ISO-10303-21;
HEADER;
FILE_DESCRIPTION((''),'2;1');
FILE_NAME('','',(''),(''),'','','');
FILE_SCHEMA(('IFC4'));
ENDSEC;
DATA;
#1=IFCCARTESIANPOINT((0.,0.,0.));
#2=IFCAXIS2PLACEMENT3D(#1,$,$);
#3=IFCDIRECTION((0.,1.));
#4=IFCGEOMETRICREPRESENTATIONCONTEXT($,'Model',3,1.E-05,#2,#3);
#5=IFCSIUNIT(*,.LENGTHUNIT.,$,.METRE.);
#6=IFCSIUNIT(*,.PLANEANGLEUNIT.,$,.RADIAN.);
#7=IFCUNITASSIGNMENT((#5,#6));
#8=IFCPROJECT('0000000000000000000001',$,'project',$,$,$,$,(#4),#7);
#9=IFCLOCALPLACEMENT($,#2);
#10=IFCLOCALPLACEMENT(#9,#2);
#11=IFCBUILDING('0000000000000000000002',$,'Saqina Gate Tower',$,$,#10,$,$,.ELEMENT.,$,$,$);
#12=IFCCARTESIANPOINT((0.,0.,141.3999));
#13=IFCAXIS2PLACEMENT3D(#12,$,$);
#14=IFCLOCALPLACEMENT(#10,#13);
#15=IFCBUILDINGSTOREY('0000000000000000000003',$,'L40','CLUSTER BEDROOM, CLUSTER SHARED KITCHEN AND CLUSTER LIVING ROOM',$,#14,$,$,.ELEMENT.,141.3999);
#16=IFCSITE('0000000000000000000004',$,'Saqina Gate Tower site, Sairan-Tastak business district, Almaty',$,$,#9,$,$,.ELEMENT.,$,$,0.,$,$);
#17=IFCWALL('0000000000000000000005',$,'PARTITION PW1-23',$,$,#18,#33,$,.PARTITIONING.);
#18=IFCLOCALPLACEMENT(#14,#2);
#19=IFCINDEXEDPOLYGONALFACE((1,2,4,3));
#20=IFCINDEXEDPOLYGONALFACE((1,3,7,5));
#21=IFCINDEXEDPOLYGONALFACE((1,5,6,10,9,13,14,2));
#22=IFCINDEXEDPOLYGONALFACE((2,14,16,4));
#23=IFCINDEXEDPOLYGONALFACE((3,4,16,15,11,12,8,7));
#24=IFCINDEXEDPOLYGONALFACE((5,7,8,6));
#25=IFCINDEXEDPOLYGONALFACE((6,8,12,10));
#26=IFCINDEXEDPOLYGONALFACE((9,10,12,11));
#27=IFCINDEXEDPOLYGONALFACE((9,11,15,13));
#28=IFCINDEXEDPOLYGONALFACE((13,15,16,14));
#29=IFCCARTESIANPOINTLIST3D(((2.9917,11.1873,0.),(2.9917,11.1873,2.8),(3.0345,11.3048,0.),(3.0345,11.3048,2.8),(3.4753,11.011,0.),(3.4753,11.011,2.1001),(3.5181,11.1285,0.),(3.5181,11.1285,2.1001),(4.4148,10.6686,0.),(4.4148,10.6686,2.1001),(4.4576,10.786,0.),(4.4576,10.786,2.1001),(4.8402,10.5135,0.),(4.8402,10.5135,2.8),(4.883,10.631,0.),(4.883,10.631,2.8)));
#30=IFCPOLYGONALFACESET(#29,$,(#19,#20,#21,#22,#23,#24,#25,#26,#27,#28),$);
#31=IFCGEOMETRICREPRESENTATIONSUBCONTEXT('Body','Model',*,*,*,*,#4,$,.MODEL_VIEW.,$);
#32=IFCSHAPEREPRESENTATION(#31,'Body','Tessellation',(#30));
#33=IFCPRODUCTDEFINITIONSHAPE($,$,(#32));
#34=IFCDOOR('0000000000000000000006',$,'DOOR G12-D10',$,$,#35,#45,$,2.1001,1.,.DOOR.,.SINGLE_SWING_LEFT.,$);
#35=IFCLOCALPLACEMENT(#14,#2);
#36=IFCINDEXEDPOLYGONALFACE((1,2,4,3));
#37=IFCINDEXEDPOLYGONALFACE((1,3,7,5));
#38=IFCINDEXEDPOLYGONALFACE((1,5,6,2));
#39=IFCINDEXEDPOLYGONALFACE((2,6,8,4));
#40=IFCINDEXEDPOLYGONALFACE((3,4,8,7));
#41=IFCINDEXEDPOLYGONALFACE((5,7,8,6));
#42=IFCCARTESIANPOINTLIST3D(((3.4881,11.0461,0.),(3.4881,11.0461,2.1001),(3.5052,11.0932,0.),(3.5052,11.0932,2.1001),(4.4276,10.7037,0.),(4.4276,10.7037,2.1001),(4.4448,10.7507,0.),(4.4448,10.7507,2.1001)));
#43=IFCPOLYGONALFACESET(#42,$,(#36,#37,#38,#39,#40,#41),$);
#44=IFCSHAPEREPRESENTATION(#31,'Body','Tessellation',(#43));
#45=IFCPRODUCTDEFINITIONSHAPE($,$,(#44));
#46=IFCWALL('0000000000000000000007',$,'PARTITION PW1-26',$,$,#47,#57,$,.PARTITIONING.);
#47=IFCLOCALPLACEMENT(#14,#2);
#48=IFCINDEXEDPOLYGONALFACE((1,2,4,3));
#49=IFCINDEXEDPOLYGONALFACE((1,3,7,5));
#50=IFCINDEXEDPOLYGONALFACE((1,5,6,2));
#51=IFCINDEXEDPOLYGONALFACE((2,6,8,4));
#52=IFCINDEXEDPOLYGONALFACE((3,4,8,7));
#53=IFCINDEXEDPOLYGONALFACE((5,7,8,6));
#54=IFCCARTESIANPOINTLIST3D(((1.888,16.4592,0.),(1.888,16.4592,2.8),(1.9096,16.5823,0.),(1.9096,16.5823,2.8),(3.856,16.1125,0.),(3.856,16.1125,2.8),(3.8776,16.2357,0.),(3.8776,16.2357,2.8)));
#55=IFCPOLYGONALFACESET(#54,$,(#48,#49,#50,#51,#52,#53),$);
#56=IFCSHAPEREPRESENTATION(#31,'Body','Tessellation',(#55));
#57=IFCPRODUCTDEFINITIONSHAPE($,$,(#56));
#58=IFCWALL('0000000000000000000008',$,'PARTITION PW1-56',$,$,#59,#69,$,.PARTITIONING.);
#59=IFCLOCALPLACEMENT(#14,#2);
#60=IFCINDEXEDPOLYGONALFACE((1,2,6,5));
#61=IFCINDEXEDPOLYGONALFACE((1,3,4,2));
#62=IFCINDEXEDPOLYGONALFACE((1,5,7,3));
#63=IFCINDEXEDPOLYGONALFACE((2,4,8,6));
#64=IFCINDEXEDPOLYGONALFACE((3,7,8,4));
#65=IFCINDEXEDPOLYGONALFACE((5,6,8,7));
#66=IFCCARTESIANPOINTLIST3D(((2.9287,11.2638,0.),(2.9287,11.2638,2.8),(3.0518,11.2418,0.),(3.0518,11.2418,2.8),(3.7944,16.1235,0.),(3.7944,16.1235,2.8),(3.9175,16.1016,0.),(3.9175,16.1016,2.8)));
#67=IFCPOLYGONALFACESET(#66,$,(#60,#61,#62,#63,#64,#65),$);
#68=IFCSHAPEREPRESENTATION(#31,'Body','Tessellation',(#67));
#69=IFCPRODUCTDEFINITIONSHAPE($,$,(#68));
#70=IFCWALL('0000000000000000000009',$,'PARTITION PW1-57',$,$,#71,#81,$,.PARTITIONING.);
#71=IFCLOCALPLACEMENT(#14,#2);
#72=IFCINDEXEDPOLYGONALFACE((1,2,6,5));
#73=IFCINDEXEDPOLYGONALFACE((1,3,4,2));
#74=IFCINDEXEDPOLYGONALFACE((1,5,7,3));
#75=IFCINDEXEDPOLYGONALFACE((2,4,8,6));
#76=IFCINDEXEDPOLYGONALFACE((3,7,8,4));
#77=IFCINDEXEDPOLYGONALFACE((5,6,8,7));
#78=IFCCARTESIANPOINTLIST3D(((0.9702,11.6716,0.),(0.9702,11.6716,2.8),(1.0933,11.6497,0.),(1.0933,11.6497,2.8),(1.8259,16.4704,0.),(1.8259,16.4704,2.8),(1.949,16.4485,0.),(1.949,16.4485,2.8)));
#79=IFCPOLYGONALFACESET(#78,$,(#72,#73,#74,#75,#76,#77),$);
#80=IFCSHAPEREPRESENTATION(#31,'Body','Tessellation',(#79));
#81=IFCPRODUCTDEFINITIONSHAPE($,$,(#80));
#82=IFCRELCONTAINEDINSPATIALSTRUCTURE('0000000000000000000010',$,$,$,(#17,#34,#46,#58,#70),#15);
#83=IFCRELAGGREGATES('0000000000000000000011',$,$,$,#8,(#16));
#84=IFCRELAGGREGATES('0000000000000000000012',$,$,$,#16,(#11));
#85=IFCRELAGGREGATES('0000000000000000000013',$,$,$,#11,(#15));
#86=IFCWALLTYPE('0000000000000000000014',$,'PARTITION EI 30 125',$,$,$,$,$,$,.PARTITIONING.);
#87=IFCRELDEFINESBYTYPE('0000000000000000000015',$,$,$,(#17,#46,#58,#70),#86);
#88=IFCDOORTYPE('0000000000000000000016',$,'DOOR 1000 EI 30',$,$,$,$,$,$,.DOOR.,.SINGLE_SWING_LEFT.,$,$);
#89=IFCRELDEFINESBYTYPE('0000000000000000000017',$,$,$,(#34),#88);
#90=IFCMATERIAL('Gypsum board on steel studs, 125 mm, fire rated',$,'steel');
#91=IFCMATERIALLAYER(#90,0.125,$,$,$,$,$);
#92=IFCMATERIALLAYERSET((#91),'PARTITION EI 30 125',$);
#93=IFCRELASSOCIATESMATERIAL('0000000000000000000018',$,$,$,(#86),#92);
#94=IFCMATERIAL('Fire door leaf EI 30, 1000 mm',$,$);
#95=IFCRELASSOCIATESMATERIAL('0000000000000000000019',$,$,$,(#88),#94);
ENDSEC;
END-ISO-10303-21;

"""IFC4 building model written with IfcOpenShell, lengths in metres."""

from ifc_helpers import new_model, si_unit, direction, frame, frame_2d, origin, place, context, subcontext, project, spatial, rectangle, extrude, material, layer, layer_set, type_object, element, fill, save


model = new_model("IFC4")

# Units and contexts
model_context = context("Model", 3, precision=1e-05, world=origin(), true_north=direction((0.0, 1.0)))
body_context = subcontext(model_context, "Body", "Model", "MODEL_VIEW")
ifc_project = project(units=[si_unit("LENGTHUNIT", "METRE"), si_unit("PLANEANGLEUNIT", "RADIAN")], contexts=[model_context])

# Site, building, storey
site_placement = place(None, origin())
site = spatial("IfcSite", under=ifc_project, at=site_placement, Name="Saqina Gate Tower site, Sairan-Tastak business district, Almaty", CompositionType="ELEMENT", RefElevation=0.0)
building_placement = place(site_placement, origin())
building = spatial("IfcBuilding", under=site, at=building_placement, Name="Saqina Gate Tower", CompositionType="ELEMENT")
storey_placement = place(building_placement, frame((0.0, 0.0, 141.3999)))
storey = spatial("IfcBuildingStorey", under=building, at=storey_placement, Name="L40", Description="CLUSTER BEDROOM, CLUSTER SHARED KITCHEN AND CLUSTER LIVING ROOM", CompositionType="ELEMENT", Elevation=141.3999)

# Shared definitions
ifc_material_1 = material(Name="Gypsum board on steel studs, 125 mm, fire rated", Category="steel")
ifc_layer_1 = layer(ifc_material_1, 0.125)
ifc_layer_set_1 = layer_set([ifc_layer_1], Name="PARTITION EI 30 125")
wall_type_1 = type_object("IfcWallType", Name="PARTITION EI 30 125", PredefinedType="PARTITIONING", material=ifc_layer_set_1)

# Wall, opening, door
wall_1_placement = place(storey_placement, frame((3.0129, 11.2461, 0.0), z_axis=(0.0, 0.0, 1.0), x_axis=(0.939532, -0.34246, 0.0)))
wall_1 = element("IfcWall", 1, at=wall_1_placement, inside=storey, type_object=wall_type_1, Name="PARTITION PW1-23", PredefinedType="PARTITIONING", context=body_context, shape_type="SweptSolid", body=[
    extrude(rectangle(XDim=1.9675, YDim=0.125, at=frame_2d((0.9839, 0.0))), origin(), (0.0, 0.0, 1.0), 2.8),
])
opening_1_placement = place(wall_1_placement, frame((0.5149, 0.0, 0.0)))
opening_1 = element("IfcOpeningElement", 2, at=opening_1_placement, cuts=wall_1, PredefinedType="OPENING", context=body_context, shape_type="SweptSolid", body=[
    extrude(rectangle(XDim=1.0, YDim=2.1001, at=frame_2d((0.5, 1.05))), frame((0.0, 0.0745, 0.0), z_axis=(0.0, -1.0, 0.0), x_axis=(1.0, 0.0, 0.0)), (0.0, 0.0, 1.0), 0.1489),
])
ifc_material_2 = material(Name="Fire door leaf EI 30, 1000 mm")
door_type_1 = type_object("IfcDoorType", Name="DOOR 1000 EI 30", OperationType="SINGLE_SWING_LEFT", PredefinedType="DOOR", material=ifc_material_2)
door_1_placement = place(opening_1_placement, origin())
door_1 = element("IfcDoor", 3, at=door_1_placement, inside=storey, type_object=door_type_1, Name="DOOR G12-D10", OperationType="SINGLE_SWING_LEFT", OverallHeight=2.1001, OverallWidth=1.0, PredefinedType="DOOR", context=body_context, shape_type="SweptSolid", body=[
    extrude(rectangle(XDim=1.0, YDim=2.1001, at=frame_2d((0.5, 1.05))), frame((0.0, 0.0249, 0.0), z_axis=(0.0, -1.0, 0.0), x_axis=(1.0, 0.0, 0.0)), (0.0, 0.0, 1.0), 0.05),
])
fill(opening_1, door_1)

# Walls
wall_2_placement = place(storey_placement, frame((1.8989, 16.5208, 0.0), z_axis=(0.0, 0.0, 1.0), x_axis=(0.984836, -0.173486, 0.0)))
element("IfcWall", 4, at=wall_2_placement, inside=storey, type_object=wall_type_1, Name="PARTITION PW1-26", PredefinedType="PARTITIONING", context=body_context, shape_type="SweptSolid", body=[
    extrude(rectangle(XDim=1.9983, YDim=0.125, at=frame_2d((0.999, 0.0))), origin(), (0.0, 0.0, 1.0), 2.8),
])
wall_3_placement = place(storey_placement, frame((2.9902, 11.2527, 0.0), z_axis=(0.0, 0.0, 1.0), x_axis=(0.175376, 0.984501, 0.0)))
element("IfcWall", 5, at=wall_3_placement, inside=storey, type_object=wall_type_1, Name="PARTITION PW1-56", PredefinedType="PARTITIONING", context=body_context, shape_type="SweptSolid", body=[
    extrude(rectangle(XDim=4.9363, YDim=0.125, at=frame_2d((2.4683, 0.0))), origin(), (0.0, 0.0, 1.0), 2.8),
])
wall_4_placement = place(storey_placement, frame((1.0317, 11.6606, 0.0), z_axis=(0.0, 0.0, 1.0), x_axis=(0.175548, 0.984471, 0.0)))
element("IfcWall", 6, at=wall_4_placement, inside=storey, type_object=wall_type_1, Name="PARTITION PW1-57", PredefinedType="PARTITIONING", context=body_context, shape_type="SweptSolid", body=[
    extrude(rectangle(XDim=4.8745, YDim=0.125, at=frame_2d((2.4373, 0.0))), origin(), (0.0, 0.0, 1.0), 2.8),
])

save(model, "model.ifc")
